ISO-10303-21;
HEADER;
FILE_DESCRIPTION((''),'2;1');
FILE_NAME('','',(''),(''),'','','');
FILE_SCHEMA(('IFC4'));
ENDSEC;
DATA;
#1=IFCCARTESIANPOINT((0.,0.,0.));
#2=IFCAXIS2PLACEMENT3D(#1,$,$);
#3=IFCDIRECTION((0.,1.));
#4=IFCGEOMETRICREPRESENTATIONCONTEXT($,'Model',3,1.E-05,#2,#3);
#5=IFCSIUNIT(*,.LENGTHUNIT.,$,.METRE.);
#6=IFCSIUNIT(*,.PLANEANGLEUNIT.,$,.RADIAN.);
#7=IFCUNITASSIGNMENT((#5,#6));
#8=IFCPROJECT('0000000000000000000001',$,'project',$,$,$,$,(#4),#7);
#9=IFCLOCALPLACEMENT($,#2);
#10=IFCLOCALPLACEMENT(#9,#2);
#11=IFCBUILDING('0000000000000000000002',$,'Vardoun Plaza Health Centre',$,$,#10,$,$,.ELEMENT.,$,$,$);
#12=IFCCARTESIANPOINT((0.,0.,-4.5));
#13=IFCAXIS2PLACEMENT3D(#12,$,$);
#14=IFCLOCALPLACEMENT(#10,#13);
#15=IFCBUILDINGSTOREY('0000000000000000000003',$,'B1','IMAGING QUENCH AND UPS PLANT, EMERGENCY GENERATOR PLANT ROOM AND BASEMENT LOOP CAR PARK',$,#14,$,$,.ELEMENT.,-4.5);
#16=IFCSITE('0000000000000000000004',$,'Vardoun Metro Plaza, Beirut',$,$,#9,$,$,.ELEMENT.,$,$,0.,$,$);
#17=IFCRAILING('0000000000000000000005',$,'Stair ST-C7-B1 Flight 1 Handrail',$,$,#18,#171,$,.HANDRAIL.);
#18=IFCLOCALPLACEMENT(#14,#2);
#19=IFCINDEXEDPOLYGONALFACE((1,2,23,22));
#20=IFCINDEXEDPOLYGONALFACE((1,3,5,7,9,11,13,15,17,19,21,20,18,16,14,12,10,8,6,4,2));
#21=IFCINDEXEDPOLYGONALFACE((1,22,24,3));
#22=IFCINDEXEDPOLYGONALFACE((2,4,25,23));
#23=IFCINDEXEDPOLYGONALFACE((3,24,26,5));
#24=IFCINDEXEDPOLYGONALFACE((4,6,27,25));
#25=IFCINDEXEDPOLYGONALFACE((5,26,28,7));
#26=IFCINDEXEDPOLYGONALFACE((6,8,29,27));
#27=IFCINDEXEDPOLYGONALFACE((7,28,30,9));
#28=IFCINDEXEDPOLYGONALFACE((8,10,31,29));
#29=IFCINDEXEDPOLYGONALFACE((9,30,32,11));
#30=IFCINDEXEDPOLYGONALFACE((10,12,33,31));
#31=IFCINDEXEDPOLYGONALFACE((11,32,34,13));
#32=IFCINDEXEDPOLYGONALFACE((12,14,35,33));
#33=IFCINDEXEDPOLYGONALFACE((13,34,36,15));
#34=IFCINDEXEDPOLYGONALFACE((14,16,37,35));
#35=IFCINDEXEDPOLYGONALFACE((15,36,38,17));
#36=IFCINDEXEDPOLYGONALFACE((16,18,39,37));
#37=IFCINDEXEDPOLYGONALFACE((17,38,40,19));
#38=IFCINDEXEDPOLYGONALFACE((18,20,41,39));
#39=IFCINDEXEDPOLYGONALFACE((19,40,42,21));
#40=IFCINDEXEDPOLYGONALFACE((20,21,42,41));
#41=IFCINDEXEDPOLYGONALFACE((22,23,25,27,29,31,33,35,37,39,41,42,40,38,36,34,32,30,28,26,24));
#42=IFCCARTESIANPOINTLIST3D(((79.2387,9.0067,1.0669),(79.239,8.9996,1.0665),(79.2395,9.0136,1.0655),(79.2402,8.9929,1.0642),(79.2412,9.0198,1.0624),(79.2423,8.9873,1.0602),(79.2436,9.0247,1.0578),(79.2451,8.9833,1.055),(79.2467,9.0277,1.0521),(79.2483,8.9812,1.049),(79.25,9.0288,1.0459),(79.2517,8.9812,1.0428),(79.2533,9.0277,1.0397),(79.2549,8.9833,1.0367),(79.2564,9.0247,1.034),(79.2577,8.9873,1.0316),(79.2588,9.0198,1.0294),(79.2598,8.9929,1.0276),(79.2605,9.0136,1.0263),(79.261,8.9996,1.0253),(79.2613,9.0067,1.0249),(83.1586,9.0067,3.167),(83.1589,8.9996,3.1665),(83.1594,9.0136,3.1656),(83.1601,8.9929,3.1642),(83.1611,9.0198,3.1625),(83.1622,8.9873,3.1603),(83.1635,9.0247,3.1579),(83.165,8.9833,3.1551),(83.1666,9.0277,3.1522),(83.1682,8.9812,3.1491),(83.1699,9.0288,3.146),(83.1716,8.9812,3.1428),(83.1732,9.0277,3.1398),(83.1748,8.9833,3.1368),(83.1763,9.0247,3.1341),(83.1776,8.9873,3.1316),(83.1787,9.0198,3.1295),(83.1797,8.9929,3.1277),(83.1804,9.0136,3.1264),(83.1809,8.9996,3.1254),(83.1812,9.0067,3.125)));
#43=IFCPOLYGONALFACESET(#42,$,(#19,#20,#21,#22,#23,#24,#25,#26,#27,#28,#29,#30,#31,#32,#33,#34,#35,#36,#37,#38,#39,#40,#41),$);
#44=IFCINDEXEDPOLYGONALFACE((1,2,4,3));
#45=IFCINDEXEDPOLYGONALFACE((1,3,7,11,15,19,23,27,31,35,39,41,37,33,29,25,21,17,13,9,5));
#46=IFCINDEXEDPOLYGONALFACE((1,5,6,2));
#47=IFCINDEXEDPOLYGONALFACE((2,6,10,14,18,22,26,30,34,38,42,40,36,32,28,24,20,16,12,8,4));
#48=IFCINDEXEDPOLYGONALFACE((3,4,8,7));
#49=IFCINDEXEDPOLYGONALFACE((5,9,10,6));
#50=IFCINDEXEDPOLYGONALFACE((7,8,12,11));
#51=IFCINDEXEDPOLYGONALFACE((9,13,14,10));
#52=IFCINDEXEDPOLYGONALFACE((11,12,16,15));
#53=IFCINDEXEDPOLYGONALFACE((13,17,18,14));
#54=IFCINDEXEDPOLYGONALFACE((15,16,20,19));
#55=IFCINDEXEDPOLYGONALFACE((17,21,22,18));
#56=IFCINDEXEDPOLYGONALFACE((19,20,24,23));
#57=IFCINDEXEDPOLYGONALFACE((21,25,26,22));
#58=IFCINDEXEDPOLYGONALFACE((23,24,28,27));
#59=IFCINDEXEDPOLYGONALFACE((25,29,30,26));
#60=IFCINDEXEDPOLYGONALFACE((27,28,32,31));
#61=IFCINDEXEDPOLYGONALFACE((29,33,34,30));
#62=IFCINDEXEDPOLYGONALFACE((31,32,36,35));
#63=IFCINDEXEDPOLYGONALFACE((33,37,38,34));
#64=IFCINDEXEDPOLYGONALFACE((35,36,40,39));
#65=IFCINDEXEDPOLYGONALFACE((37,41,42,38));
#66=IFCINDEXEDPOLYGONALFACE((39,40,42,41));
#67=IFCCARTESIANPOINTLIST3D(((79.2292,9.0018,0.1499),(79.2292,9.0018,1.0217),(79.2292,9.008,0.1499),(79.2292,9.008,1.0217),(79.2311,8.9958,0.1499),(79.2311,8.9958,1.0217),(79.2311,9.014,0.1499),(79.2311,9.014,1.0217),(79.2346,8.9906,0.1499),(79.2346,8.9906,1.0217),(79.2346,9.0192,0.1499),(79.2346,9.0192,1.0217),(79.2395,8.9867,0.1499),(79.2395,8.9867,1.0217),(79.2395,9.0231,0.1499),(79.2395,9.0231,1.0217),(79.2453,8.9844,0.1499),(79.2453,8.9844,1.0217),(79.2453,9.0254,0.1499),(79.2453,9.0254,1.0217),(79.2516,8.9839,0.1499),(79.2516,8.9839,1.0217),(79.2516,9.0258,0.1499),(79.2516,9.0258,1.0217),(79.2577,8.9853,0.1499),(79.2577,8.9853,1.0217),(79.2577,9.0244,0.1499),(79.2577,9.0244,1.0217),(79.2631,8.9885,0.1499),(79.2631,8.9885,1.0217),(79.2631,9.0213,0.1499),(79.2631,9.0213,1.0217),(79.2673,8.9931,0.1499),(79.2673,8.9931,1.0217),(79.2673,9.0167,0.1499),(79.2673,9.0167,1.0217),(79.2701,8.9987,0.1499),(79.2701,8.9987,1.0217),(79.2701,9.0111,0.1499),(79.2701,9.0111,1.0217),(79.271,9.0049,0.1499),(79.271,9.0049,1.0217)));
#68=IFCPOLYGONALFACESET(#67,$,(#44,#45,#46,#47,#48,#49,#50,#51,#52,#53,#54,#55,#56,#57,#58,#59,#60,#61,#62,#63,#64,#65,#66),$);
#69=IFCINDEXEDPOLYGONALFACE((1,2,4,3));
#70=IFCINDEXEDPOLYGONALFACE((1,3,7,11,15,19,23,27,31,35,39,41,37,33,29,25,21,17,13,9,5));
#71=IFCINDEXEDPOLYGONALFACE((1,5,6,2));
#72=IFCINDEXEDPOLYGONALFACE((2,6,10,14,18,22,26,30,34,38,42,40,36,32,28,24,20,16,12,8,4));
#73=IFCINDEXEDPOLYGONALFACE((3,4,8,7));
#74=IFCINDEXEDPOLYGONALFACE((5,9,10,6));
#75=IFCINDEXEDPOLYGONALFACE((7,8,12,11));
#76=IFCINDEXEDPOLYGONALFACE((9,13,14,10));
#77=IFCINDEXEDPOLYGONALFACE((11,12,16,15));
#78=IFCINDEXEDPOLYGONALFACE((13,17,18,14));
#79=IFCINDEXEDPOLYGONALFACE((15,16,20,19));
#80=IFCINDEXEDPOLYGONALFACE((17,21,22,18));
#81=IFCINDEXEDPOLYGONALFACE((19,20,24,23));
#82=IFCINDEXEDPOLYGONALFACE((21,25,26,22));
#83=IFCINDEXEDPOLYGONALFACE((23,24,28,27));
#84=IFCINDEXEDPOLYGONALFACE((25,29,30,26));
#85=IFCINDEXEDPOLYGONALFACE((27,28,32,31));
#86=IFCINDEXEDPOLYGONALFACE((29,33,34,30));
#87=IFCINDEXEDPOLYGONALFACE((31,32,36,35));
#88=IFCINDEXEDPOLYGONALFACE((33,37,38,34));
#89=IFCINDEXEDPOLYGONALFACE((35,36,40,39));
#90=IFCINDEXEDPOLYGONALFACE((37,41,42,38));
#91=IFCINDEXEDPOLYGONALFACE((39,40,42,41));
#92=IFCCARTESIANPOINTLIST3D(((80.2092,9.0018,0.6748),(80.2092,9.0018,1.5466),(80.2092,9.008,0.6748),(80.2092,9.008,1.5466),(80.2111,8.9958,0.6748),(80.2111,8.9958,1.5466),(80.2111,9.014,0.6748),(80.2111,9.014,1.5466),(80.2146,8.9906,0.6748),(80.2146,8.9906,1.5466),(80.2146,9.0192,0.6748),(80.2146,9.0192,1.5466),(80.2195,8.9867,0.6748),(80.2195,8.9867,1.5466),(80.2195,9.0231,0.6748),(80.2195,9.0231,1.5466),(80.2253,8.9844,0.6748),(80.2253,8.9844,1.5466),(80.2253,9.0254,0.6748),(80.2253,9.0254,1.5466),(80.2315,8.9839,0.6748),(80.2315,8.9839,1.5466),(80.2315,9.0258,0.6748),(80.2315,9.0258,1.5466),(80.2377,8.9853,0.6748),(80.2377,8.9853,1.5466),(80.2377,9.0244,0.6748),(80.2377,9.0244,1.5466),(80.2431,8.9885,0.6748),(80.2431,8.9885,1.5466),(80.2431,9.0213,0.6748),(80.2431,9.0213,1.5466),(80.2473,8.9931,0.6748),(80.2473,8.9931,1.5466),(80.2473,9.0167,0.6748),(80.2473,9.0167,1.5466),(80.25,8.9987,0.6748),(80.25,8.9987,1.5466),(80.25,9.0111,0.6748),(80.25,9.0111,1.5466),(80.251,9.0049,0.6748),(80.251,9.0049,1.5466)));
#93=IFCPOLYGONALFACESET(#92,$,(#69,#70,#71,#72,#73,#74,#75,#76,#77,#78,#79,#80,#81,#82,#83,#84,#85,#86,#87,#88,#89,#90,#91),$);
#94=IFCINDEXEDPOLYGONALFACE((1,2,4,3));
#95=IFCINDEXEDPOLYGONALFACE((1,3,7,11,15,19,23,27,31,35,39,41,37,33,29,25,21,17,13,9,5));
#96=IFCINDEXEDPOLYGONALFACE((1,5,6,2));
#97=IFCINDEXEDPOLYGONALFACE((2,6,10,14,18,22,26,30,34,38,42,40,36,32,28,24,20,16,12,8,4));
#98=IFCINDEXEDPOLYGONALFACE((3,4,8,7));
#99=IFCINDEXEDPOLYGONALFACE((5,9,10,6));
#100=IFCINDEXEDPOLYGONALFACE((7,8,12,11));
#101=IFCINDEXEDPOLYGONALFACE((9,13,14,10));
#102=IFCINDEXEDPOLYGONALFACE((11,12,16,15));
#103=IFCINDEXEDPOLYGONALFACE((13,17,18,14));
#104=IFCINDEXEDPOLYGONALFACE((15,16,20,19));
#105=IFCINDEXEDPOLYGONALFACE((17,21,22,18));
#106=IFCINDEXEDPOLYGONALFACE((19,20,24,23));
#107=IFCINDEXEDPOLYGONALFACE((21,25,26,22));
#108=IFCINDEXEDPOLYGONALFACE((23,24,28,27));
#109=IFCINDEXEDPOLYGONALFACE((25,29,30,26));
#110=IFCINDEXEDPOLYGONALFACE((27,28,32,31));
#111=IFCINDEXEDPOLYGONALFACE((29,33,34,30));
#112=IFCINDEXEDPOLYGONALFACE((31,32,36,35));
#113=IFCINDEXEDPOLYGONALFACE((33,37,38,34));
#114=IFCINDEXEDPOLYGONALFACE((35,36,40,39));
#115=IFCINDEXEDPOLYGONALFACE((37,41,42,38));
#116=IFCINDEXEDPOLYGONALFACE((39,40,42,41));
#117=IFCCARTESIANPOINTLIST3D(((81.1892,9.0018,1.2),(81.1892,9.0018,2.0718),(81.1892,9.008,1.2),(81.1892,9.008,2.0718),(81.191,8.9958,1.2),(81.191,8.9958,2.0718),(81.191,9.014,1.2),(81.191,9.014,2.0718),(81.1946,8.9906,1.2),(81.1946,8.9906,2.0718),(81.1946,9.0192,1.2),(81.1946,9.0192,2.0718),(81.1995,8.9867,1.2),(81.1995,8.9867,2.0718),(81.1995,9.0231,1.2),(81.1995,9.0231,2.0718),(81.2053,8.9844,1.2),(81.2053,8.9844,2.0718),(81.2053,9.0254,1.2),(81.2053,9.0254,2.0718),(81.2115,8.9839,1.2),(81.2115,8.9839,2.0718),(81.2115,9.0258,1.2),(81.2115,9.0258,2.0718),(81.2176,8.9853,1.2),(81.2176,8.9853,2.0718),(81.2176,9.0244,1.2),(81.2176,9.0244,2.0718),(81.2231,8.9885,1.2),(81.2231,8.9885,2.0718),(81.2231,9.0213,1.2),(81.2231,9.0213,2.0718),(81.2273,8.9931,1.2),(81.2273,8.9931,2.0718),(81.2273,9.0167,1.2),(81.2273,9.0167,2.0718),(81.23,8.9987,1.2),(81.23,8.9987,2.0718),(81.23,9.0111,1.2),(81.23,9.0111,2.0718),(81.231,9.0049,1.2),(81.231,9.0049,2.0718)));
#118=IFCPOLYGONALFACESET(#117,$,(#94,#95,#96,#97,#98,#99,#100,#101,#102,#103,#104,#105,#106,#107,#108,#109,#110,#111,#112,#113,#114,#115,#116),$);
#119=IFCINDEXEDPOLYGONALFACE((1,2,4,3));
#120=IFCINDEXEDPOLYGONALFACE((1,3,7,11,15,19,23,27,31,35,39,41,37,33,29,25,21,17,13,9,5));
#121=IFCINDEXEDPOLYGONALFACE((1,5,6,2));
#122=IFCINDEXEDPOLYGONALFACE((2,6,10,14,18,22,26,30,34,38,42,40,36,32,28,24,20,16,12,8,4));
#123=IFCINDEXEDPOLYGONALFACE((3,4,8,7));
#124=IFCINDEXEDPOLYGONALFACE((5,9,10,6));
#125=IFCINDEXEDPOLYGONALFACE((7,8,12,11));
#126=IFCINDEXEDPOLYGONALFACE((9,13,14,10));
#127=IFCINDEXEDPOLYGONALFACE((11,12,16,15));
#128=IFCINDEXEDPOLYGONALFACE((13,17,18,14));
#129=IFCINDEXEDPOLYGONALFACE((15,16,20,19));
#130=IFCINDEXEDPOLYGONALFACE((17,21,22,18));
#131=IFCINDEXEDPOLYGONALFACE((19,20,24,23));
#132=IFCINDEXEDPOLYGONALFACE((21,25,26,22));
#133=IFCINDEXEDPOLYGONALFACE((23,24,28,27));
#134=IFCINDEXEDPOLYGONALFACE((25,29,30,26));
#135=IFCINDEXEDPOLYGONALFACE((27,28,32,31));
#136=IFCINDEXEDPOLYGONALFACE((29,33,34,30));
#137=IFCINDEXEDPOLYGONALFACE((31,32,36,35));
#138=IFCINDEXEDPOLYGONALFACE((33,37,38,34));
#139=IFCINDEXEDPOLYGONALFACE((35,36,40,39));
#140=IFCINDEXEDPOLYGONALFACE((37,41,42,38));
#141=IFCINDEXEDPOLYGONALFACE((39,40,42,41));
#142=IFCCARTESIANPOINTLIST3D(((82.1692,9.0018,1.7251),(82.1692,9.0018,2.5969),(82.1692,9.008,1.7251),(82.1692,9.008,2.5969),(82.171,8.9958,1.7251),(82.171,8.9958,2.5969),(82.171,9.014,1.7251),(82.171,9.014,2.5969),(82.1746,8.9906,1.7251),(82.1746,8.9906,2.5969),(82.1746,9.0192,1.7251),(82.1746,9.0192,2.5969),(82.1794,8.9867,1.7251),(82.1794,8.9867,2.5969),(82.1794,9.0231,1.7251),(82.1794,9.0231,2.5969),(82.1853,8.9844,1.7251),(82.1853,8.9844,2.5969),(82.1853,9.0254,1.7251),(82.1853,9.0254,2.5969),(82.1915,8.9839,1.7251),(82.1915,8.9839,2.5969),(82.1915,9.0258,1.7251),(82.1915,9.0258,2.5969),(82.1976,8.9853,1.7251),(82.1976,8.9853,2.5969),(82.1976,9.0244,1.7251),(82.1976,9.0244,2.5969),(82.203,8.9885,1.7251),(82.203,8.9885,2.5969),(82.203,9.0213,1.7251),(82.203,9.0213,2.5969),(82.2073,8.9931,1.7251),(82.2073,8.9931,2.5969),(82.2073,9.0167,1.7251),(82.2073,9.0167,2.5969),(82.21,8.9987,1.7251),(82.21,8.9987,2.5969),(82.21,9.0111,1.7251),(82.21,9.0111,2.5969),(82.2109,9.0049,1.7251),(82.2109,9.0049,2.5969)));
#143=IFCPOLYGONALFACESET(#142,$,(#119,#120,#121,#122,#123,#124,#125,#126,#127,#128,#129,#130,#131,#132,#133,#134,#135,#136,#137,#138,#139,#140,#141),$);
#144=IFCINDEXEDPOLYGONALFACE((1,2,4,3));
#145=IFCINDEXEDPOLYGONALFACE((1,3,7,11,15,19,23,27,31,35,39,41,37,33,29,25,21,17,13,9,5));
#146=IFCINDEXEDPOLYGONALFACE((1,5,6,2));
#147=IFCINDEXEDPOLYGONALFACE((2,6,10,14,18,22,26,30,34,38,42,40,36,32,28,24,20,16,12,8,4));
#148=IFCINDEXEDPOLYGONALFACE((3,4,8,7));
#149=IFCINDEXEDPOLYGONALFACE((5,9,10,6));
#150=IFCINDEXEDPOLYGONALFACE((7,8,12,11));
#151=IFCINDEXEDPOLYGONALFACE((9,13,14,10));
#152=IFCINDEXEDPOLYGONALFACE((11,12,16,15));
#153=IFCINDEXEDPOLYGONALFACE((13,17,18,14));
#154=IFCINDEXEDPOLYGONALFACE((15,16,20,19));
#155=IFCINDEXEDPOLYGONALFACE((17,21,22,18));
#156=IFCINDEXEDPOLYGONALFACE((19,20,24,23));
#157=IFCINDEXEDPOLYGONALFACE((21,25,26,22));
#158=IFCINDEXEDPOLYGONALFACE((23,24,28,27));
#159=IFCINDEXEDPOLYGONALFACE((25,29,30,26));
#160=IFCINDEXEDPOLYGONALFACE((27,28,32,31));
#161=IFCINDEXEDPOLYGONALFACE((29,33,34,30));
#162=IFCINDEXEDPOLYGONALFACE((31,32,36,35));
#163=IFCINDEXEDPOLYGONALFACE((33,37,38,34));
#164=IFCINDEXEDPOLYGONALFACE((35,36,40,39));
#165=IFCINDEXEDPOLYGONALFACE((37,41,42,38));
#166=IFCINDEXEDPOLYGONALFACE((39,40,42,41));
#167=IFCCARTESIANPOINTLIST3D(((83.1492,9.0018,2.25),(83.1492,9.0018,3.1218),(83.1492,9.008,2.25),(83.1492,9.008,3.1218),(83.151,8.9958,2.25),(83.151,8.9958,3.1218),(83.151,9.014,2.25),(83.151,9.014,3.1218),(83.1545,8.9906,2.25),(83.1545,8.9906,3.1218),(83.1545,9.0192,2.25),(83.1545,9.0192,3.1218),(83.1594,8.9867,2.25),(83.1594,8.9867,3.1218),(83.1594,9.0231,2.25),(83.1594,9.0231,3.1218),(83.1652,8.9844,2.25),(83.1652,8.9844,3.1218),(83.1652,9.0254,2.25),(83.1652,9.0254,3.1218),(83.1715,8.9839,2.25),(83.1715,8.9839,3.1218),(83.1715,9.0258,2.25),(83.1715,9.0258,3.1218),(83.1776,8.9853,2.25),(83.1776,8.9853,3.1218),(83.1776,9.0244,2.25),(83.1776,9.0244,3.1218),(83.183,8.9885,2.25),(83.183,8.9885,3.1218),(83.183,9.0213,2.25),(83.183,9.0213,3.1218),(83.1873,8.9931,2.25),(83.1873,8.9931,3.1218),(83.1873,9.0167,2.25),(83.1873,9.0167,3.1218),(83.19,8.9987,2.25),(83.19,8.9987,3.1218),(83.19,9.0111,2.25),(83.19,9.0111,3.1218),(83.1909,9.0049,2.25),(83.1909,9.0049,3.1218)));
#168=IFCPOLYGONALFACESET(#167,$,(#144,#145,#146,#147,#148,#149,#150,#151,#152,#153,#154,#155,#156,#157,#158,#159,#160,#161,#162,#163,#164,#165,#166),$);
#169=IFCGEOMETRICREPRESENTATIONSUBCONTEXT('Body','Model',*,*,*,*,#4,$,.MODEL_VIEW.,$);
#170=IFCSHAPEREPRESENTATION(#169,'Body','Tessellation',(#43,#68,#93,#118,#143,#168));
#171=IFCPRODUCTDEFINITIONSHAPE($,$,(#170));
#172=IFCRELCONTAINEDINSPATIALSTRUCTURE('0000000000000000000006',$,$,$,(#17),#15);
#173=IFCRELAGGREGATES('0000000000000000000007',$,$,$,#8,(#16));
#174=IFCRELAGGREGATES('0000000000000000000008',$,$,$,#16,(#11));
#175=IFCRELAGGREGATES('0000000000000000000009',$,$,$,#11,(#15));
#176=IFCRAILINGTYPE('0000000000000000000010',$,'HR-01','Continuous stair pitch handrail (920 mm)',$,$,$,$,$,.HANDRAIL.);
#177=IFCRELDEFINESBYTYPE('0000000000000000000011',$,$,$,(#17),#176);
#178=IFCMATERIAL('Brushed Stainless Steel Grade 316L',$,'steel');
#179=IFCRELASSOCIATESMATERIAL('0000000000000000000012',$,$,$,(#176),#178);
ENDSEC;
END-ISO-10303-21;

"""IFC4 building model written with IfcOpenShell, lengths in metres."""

from ifc_helpers import new_model, si_unit, direction, frame, origin, origin_2d, place, context, subcontext, project, spatial, circle, extrude, material, type_object, element, save


model = new_model("IFC4")

# Units and contexts
model_context = context("Model", 3, precision=1e-05, world=origin(), true_north=direction((0.0, 1.0)))
body_context = subcontext(model_context, "Body", "Model", "MODEL_VIEW")
ifc_project = project(units=[si_unit("LENGTHUNIT", "METRE"), si_unit("PLANEANGLEUNIT", "RADIAN")], contexts=[model_context])

# Site, building, storey
site_placement = place(None, origin())
site = spatial("IfcSite", under=ifc_project, at=site_placement, Name="Vardoun Metro Plaza, Beirut", CompositionType="ELEMENT", RefElevation=0.0)
building_placement = place(site_placement, origin())
building = spatial("IfcBuilding", under=site, at=building_placement, Name="Vardoun Plaza Health Centre", CompositionType="ELEMENT")
storey_placement = place(building_placement, frame((0.0, 0.0, -4.5)))
storey = spatial("IfcBuildingStorey", under=building, at=storey_placement, Name="B1", Description="IMAGING QUENCH AND UPS PLANT, EMERGENCY GENERATOR PLANT ROOM AND BASEMENT LOOP CAR PARK", CompositionType="ELEMENT", Elevation=-4.5)

# Railing
ifc_material_1 = material(Name="Brushed Stainless Steel Grade 316L", Category="steel")
railing_type_1 = type_object("IfcRailingType", Name="HR-01", Description="Continuous stair pitch handrail (920 mm)", PredefinedType="HANDRAIL", material=ifc_material_1)
railing_1_placement = place(storey_placement, frame((79.25, 9.0049, 0.1499)))
element("IfcRailing", 1, at=railing_1_placement, inside=storey, type_object=railing_type_1, Name="Stair ST-C7-B1 Flight 1 Handrail", PredefinedType="HANDRAIL", context=body_context, shape_type="SweptSolid", body=[
    extrude(circle(Radius=0.0239, at=origin_2d()), frame((0.0, 0.0, 0.896), z_axis=(0.881467, 0.0, 0.472246), x_axis=(0.0, 1.0, 0.0)), (0.0, 0.0, 1.0), 4.447),
    extrude(circle(Radius=0.021, at=origin_2d()), origin(), (0.0, 0.0, 1.0), 0.8718),
    extrude(circle(Radius=0.021, at=origin_2d()), frame((0.98, 0.0, 0.5249)), (0.0, 0.0, 1.0), 0.8718),
    extrude(circle(Radius=0.021, at=origin_2d()), frame((1.96, 0.0, 1.05)), (0.0, 0.0, 1.0), 0.8718),
    extrude(circle(Radius=0.021, at=origin_2d()), frame((2.9399, 0.0, 1.5752)), (0.0, 0.0, 1.0), 0.8718),
    extrude(circle(Radius=0.021, at=origin_2d()), frame((3.9199, 0.0, 2.1001)), (0.0, 0.0, 1.0), 0.8718),
])

save(model, "model.ifc")
